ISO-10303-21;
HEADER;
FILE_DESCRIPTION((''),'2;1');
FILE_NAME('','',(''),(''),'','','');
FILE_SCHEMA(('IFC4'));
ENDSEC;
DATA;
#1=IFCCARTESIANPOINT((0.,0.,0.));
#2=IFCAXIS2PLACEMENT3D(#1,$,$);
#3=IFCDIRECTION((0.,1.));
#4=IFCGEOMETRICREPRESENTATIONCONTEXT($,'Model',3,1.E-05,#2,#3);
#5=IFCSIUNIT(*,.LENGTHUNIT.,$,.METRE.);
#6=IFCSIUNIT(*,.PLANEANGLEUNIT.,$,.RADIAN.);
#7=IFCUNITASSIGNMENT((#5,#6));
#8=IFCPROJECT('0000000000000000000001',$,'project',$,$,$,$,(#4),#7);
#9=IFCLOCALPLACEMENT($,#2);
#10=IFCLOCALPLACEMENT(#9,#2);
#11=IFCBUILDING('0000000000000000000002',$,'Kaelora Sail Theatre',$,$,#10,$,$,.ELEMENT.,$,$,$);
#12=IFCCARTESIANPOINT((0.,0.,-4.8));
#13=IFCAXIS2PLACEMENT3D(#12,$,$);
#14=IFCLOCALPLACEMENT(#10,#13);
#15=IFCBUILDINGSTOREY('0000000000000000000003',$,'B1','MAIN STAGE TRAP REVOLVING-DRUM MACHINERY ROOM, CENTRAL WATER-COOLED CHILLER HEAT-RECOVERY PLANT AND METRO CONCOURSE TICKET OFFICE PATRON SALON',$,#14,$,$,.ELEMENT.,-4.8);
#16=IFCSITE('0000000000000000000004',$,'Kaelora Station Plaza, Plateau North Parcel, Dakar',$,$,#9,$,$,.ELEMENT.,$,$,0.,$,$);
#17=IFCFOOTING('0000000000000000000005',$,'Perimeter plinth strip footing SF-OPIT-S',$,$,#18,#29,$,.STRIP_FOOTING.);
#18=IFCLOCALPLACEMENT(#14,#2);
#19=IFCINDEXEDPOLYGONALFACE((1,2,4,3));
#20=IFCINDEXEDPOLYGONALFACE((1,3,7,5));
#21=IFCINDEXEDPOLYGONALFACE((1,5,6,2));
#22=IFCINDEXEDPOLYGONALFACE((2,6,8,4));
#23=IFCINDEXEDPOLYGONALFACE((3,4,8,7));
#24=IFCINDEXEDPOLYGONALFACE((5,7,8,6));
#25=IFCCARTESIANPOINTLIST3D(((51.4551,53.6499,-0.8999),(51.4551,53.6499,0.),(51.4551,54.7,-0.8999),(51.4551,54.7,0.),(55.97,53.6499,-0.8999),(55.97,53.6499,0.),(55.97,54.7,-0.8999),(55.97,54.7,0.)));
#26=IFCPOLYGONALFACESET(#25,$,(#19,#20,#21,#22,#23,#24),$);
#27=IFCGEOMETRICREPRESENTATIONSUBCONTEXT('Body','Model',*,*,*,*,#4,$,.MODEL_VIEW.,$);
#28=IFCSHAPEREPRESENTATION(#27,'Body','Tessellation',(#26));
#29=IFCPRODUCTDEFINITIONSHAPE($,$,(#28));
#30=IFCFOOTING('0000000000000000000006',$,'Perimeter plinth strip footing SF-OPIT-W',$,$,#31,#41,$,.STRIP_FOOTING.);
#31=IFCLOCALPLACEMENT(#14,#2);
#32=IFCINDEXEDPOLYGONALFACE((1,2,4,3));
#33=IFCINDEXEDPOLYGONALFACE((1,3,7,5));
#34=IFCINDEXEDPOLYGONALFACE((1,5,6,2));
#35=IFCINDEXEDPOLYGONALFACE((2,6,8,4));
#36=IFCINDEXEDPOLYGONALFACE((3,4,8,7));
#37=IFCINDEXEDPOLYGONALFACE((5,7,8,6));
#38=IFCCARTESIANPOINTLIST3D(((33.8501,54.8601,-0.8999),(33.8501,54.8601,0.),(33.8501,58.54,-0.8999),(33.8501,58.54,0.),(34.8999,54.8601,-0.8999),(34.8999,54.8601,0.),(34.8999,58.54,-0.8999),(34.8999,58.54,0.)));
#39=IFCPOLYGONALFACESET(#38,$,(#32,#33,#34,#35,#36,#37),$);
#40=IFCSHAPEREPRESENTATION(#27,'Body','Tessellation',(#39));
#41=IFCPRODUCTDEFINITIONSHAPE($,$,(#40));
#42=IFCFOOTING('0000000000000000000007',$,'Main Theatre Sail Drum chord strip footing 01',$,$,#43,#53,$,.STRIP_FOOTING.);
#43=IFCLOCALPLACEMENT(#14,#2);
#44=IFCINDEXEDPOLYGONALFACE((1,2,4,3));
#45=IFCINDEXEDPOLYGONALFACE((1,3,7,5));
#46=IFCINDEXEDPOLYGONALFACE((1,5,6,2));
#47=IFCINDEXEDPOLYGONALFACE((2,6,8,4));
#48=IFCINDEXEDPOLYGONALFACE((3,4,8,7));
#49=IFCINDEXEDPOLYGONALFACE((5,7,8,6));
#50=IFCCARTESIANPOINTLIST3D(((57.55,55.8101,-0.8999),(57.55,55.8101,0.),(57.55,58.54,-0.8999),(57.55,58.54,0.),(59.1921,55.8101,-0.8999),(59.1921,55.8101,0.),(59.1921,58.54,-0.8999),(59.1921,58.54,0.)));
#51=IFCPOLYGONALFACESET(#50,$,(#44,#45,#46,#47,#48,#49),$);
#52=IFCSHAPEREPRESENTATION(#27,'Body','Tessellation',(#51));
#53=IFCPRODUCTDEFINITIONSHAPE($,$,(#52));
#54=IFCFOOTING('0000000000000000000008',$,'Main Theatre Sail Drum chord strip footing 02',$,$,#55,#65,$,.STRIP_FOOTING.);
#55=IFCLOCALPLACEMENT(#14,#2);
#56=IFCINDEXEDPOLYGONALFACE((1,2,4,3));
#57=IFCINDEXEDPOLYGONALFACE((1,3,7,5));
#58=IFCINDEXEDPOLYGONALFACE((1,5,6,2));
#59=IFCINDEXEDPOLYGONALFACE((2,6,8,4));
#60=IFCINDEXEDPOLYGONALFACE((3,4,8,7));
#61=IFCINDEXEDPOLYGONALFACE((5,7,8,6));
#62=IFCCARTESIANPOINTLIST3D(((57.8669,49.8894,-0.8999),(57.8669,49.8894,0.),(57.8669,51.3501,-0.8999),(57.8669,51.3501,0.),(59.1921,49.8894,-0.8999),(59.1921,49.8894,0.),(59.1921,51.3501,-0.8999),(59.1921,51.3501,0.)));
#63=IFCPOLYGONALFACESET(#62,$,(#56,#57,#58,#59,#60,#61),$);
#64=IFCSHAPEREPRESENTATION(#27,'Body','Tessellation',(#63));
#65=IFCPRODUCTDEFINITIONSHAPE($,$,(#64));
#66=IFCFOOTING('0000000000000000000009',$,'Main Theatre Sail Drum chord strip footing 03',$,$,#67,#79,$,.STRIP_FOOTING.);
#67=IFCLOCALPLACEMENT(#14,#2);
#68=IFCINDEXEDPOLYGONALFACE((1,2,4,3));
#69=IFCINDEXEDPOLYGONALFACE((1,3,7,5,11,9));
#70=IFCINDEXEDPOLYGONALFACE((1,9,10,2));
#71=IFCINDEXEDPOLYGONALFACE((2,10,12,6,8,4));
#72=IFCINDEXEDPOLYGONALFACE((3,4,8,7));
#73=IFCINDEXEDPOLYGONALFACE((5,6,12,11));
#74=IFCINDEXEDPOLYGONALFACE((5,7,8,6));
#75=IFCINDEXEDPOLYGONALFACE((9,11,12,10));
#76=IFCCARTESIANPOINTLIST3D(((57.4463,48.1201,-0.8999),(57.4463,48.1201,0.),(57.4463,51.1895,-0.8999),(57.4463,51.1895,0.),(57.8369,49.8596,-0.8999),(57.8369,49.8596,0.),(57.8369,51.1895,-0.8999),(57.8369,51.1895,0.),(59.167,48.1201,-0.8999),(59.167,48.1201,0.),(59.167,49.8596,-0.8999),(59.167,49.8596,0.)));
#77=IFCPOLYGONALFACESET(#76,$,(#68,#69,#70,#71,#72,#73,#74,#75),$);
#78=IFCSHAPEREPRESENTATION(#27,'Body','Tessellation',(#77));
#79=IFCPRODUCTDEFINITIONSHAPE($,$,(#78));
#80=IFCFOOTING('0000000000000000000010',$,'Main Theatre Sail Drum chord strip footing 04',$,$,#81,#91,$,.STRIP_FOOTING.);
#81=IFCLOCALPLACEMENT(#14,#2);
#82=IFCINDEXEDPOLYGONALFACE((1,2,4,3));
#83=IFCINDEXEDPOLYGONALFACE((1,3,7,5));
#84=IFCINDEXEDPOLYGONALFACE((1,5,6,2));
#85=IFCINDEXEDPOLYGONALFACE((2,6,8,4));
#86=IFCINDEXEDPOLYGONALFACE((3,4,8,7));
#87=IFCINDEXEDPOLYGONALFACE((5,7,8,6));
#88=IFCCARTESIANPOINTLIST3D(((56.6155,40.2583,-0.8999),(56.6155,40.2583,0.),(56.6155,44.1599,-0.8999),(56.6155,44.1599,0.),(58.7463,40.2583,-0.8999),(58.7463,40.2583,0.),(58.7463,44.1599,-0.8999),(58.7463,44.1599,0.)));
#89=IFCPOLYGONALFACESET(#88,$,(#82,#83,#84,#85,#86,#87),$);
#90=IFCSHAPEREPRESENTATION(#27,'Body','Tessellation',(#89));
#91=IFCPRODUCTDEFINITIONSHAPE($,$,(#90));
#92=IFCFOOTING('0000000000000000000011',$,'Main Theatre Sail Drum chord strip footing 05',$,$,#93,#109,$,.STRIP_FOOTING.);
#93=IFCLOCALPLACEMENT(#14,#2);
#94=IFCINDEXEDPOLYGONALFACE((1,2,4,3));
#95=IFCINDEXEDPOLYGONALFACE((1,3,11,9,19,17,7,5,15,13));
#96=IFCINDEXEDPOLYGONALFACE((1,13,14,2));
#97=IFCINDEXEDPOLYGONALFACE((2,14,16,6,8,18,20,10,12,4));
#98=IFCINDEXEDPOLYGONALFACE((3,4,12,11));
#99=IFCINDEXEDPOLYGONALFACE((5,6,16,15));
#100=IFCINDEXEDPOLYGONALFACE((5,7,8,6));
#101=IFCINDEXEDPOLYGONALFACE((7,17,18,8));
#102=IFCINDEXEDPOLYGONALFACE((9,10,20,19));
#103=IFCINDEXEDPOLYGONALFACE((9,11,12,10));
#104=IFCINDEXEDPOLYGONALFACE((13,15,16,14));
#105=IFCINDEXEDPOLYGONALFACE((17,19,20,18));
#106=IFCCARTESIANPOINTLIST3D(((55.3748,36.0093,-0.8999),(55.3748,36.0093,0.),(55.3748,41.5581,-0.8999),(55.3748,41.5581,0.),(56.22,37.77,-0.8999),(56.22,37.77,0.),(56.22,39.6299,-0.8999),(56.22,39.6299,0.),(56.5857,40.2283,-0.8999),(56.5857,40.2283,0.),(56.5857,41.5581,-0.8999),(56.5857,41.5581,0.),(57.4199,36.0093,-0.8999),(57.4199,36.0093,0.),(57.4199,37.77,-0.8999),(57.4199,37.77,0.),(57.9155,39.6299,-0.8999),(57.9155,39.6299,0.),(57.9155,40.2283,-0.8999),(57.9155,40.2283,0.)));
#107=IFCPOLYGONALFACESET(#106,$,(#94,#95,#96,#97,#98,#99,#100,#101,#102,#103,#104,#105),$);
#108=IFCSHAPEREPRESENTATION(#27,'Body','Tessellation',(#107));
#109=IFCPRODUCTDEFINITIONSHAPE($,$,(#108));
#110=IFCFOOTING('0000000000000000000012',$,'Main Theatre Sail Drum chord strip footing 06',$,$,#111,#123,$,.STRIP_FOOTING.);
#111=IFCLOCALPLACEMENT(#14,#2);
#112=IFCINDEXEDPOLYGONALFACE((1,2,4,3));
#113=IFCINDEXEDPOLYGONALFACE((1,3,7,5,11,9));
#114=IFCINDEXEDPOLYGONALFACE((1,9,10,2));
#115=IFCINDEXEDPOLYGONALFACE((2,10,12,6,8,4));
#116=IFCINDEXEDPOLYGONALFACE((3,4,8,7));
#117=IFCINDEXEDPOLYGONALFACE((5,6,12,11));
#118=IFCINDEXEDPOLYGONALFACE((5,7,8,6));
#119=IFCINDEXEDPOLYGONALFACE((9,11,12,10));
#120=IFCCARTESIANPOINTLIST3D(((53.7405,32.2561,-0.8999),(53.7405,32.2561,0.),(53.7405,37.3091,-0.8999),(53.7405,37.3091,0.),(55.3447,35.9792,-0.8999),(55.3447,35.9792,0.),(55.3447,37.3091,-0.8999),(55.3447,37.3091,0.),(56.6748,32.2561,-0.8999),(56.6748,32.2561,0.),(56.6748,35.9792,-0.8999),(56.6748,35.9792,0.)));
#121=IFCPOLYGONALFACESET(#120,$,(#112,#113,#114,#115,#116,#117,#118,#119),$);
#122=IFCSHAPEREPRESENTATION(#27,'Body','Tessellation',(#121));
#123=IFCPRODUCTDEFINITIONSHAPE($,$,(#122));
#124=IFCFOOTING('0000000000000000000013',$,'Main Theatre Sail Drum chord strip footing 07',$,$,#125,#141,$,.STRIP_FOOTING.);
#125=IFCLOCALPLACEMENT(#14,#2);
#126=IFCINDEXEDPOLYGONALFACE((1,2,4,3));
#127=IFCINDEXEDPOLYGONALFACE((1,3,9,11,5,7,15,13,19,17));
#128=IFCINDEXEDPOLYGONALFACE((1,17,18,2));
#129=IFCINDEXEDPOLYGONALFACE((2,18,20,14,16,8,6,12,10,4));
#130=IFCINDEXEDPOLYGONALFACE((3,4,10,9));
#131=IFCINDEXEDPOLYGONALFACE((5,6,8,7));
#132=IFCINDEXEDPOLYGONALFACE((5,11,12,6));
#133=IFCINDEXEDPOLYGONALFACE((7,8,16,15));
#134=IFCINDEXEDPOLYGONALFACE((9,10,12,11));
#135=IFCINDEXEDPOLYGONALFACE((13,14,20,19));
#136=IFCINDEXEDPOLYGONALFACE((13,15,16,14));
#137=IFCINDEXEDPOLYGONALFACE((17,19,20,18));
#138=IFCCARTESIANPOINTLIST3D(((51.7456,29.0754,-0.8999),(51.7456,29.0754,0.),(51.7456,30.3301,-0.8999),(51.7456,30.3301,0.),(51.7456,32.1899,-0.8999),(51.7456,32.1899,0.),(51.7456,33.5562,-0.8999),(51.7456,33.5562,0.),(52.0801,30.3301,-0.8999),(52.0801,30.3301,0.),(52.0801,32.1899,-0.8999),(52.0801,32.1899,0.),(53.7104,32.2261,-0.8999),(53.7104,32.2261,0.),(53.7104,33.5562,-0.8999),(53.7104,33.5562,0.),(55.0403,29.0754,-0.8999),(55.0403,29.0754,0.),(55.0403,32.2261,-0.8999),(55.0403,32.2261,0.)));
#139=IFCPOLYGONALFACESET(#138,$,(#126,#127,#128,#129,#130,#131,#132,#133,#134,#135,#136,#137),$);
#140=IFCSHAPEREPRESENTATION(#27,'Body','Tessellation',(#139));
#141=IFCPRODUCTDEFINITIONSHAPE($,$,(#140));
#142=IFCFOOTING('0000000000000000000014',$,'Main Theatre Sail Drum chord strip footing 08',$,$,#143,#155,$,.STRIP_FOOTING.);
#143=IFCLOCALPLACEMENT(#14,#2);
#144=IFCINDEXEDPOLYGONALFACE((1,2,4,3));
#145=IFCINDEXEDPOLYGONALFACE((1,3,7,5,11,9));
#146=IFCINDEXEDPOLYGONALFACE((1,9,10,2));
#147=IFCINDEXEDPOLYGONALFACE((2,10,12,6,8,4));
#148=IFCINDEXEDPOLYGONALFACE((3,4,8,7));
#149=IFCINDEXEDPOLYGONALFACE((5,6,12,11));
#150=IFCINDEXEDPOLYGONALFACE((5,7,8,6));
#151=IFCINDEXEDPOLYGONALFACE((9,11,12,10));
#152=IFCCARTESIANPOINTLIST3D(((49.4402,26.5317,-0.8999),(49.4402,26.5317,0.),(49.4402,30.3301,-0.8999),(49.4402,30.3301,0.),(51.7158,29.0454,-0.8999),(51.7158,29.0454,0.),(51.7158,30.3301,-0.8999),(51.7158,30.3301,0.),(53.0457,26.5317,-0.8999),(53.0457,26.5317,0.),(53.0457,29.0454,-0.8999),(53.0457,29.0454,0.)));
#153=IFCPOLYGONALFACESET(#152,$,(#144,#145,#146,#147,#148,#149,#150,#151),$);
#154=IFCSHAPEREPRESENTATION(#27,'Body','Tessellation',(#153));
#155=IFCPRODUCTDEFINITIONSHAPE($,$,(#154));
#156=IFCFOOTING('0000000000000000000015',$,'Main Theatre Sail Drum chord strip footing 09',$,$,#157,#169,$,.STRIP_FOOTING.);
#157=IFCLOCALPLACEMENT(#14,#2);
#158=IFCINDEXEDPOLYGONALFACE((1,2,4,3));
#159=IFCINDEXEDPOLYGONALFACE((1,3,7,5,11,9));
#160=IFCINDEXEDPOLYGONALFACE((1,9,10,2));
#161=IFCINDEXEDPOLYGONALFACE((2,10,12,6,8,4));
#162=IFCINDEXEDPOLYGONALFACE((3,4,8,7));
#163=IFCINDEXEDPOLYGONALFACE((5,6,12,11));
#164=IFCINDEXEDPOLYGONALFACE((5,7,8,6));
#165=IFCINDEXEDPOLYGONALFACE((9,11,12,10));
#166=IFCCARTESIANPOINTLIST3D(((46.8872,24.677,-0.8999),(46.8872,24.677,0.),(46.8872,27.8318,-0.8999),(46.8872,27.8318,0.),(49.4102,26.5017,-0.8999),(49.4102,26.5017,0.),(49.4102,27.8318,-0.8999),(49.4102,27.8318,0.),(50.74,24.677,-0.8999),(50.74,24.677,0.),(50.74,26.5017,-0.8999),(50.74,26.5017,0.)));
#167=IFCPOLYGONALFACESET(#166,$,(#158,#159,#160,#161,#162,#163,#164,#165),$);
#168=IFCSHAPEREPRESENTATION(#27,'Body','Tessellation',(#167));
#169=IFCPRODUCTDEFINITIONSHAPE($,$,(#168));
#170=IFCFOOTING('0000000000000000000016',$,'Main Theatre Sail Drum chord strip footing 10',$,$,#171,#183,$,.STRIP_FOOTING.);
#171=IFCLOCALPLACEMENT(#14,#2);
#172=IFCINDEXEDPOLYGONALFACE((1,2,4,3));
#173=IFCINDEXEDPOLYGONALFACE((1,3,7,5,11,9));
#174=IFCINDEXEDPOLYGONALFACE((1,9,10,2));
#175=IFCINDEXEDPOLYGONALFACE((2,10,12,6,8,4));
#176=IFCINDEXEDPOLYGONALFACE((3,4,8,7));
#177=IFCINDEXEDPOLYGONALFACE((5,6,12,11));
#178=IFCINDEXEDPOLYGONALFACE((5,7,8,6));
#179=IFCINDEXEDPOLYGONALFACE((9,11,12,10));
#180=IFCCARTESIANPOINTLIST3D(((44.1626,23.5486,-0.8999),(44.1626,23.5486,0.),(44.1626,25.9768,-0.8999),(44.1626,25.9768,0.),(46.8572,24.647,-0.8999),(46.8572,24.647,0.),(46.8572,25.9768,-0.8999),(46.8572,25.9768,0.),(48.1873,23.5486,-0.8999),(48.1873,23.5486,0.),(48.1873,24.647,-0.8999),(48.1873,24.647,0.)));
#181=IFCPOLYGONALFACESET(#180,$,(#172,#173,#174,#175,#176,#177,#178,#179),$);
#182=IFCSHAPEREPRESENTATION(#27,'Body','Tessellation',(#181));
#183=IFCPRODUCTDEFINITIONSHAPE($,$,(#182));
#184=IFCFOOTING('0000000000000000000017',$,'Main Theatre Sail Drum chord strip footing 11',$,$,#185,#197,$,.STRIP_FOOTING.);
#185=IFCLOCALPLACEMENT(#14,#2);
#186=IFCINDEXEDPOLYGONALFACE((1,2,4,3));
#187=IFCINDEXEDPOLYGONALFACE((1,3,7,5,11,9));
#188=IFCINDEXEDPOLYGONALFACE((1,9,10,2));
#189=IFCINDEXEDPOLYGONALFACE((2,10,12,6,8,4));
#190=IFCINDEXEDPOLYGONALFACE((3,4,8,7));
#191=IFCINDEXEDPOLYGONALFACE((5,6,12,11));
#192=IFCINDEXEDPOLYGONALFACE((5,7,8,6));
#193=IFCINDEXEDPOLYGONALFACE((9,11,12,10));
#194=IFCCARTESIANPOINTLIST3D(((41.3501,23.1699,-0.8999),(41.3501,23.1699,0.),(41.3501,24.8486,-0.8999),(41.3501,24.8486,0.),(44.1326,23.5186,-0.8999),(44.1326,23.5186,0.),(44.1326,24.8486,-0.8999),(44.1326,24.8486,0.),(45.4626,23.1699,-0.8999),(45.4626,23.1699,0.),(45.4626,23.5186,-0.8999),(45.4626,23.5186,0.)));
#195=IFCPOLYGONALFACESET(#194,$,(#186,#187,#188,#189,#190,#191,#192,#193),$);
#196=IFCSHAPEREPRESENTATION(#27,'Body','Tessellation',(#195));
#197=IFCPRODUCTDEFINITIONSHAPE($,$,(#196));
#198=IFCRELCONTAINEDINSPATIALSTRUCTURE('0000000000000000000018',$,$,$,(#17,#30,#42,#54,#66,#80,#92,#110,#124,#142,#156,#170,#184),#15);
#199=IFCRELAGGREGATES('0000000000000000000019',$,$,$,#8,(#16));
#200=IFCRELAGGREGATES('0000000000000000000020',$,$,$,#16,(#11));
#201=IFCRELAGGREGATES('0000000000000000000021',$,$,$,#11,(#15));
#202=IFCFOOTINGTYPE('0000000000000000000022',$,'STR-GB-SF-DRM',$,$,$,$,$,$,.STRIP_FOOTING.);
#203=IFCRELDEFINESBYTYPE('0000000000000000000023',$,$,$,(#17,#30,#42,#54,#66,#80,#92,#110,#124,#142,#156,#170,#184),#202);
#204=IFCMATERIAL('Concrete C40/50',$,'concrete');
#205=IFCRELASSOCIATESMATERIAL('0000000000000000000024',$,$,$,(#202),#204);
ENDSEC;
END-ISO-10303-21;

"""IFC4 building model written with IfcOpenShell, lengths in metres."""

from ifc_helpers import new_model, si_unit, direction, frame, origin, place, context, subcontext, project, spatial, polyline, outline, extrude, material, type_object, element, save


model = new_model("IFC4")

# Units and contexts
model_context = context("Model", 3, precision=1e-05, world=origin(), true_north=direction((0.0, 1.0)))
body_context = subcontext(model_context, "Body", "Model", "MODEL_VIEW")
ifc_project = project(units=[si_unit("LENGTHUNIT", "METRE"), si_unit("PLANEANGLEUNIT", "RADIAN")], contexts=[model_context])

# Site, building, storey
site_placement = place(None, origin())
site = spatial("IfcSite", under=ifc_project, at=site_placement, Name="Kaelora Station Plaza, Plateau North Parcel, Dakar", CompositionType="ELEMENT", RefElevation=0.0)
building_placement = place(site_placement, origin())
building = spatial("IfcBuilding", under=site, at=building_placement, Name="Kaelora Sail Theatre", CompositionType="ELEMENT")
storey_placement = place(building_placement, frame((0.0, 0.0, -4.8)))
storey = spatial("IfcBuildingStorey", under=building, at=storey_placement, Name="B1", Description="MAIN STAGE TRAP REVOLVING-DRUM MACHINERY ROOM, CENTRAL WATER-COOLED CHILLER HEAT-RECOVERY PLANT AND METRO CONCOURSE TICKET OFFICE PATRON SALON", CompositionType="ELEMENT", Elevation=-4.8)

# Footings
ifc_material = material(Name="Concrete C40/50", Category="concrete")
footing_type = type_object("IfcFootingType", Name="STR-GB-SF-DRM", PredefinedType="STRIP_FOOTING", material=ifc_material)
footing_1_placement = place(storey_placement, frame((0.0, 0.0, -0.8999)))
element("IfcFooting", 1, at=footing_1_placement, inside=storey, type_object=footing_type, Name="Perimeter plinth strip footing SF-OPIT-S", PredefinedType="STRIP_FOOTING", context=body_context, shape_type="SweptSolid", body=[
    extrude(outline(polyline([(51.4551, 53.6499), (51.4551, 54.7), (55.97, 54.7), (55.97, 53.6499), (51.4551, 53.6499)])), origin(), (0.0, 0.0, 1.0), 0.8999),
])
footing_2_placement = place(storey_placement, frame((0.0, 0.0, -0.8999)))
element("IfcFooting", 2, at=footing_2_placement, inside=storey, type_object=footing_type, Name="Perimeter plinth strip footing SF-OPIT-W", PredefinedType="STRIP_FOOTING", context=body_context, shape_type="SweptSolid", body=[
    extrude(outline(polyline([(34.8999, 54.8601), (33.8501, 54.8601), (33.8501, 58.54), (34.8999, 58.54), (34.8999, 54.8601)])), origin(), (0.0, 0.0, 1.0), 0.8999),
])
footing_3_placement = place(storey_placement, frame((0.0, 0.0, -0.8999)))
element("IfcFooting", 3, at=footing_3_placement, inside=storey, type_object=footing_type, Name="Main Theatre Sail Drum chord strip footing 01", PredefinedType="STRIP_FOOTING", context=body_context, shape_type="SweptSolid", body=[
    extrude(outline(polyline([(57.55, 58.54), (59.1921, 58.54), (59.1921, 55.8101), (57.55, 55.8101), (57.55, 58.54)])), origin(), (0.0, 0.0, 1.0), 0.8999),
])
footing_4_placement = place(storey_placement, frame((0.0, 0.0, -0.8999)))
element("IfcFooting", 4, at=footing_4_placement, inside=storey, type_object=footing_type, Name="Main Theatre Sail Drum chord strip footing 02", PredefinedType="STRIP_FOOTING", context=body_context, shape_type="SweptSolid", body=[
    extrude(outline(polyline([(57.8669, 51.3501), (59.1921, 51.3501), (59.1921, 49.8894), (57.8669, 49.8894), (57.8669, 51.3501)])), origin(), (0.0, 0.0, 1.0), 0.8999),
])
footing_5_placement = place(storey_placement, frame((0.0, 0.0, -0.8999)))
element("IfcFooting", 5, at=footing_5_placement, inside=storey, type_object=footing_type, Name="Main Theatre Sail Drum chord strip footing 03", PredefinedType="STRIP_FOOTING", context=body_context, shape_type="SweptSolid", body=[
    extrude(outline(polyline([(59.167, 48.1201), (57.4463, 48.1201), (57.4463, 51.1895), (57.8369, 51.1895), (57.8369, 49.8596), (59.167, 49.8596), (59.167, 48.1201)])), origin(), (0.0, 0.0, 1.0), 0.8999),
])
footing_6_placement = place(storey_placement, frame((0.0, 0.0, -0.8999)))
element("IfcFooting", 6, at=footing_6_placement, inside=storey, type_object=footing_type, Name="Main Theatre Sail Drum chord strip footing 04", PredefinedType="STRIP_FOOTING", context=body_context, shape_type="SweptSolid", body=[
    extrude(outline(polyline([(58.7463, 40.2583), (56.6155, 40.2583), (56.6155, 44.1599), (58.7463, 44.1599), (58.7463, 40.2583)])), origin(), (0.0, 0.0, 1.0), 0.8999),
])
footing_7_placement = place(storey_placement, frame((0.0, 0.0, -0.8999)))
element("IfcFooting", 7, at=footing_7_placement, inside=storey, type_object=footing_type, Name="Main Theatre Sail Drum chord strip footing 05", PredefinedType="STRIP_FOOTING", context=body_context, shape_type="SweptSolid", body=[
    extrude(outline(polyline([(55.3748, 36.0093), (55.3748, 41.5581), (56.5857, 41.5581), (56.5857, 40.2283), (57.9155, 40.2283), (57.9155, 39.6299), (56.22, 39.6299), (56.22, 37.77), (57.4199, 37.77), (57.4199, 36.0093), (55.3748, 36.0093)])), origin(), (0.0, 0.0, 1.0), 0.8999),
])
footing_8_placement = place(storey_placement, frame((0.0, 0.0, -0.8999)))
element("IfcFooting", 8, at=footing_8_placement, inside=storey, type_object=footing_type, Name="Main Theatre Sail Drum chord strip footing 06", PredefinedType="STRIP_FOOTING", context=body_context, shape_type="SweptSolid", body=[
    extrude(outline(polyline([(53.7405, 37.3091), (55.3447, 37.3091), (55.3447, 35.9792), (56.6748, 35.9792), (56.6748, 32.2561), (53.7405, 32.2561), (53.7405, 37.3091)])), origin(), (0.0, 0.0, 1.0), 0.8999),
])
footing_9_placement = place(storey_placement, frame((0.0, 0.0, -0.8999)))
element("IfcFooting", 9, at=footing_9_placement, inside=storey, type_object=footing_type, Name="Main Theatre Sail Drum chord strip footing 07", PredefinedType="STRIP_FOOTING", context=body_context, shape_type="SweptSolid", body=[
    extrude(outline(polyline([(53.7104, 33.5562), (53.7104, 32.2261), (55.0403, 32.2261), (55.0403, 29.0754), (51.7456, 29.0754), (51.7456, 30.3301), (52.0801, 30.3301), (52.0801, 32.1899), (51.7456, 32.1899), (51.7456, 33.5562), (53.7104, 33.5562)])), origin(), (0.0, 0.0, 1.0), 0.8999),
])
footing_10_placement = place(storey_placement, frame((0.0, 0.0, -0.8999)))
element("IfcFooting", 10, at=footing_10_placement, inside=storey, type_object=footing_type, Name="Main Theatre Sail Drum chord strip footing 08", PredefinedType="STRIP_FOOTING", context=body_context, shape_type="SweptSolid", body=[
    extrude(outline(polyline([(53.0457, 26.5317), (49.4402, 26.5317), (49.4402, 30.3301), (51.7158, 30.3301), (51.7158, 29.0454), (53.0457, 29.0454), (53.0457, 26.5317)])), origin(), (0.0, 0.0, 1.0), 0.8999),
])
footing_11_placement = place(storey_placement, frame((0.0, 0.0, -0.8999)))
element("IfcFooting", 11, at=footing_11_placement, inside=storey, type_object=footing_type, Name="Main Theatre Sail Drum chord strip footing 09", PredefinedType="STRIP_FOOTING", context=body_context, shape_type="SweptSolid", body=[
    extrude(outline(polyline([(46.8872, 24.677), (46.8872, 27.8318), (49.4102, 27.8318), (49.4102, 26.5017), (50.74, 26.5017), (50.74, 24.677), (46.8872, 24.677)])), origin(), (0.0, 0.0, 1.0), 0.8999),
])
footing_12_placement = place(storey_placement, frame((0.0, 0.0, -0.8999)))
element("IfcFooting", 12, at=footing_12_placement, inside=storey, type_object=footing_type, Name="Main Theatre Sail Drum chord strip footing 10", PredefinedType="STRIP_FOOTING", context=body_context, shape_type="SweptSolid", body=[
    extrude(outline(polyline([(44.1626, 25.9768), (46.8572, 25.9768), (46.8572, 24.647), (48.1873, 24.647), (48.1873, 23.5486), (44.1626, 23.5486), (44.1626, 25.9768)])), origin(), (0.0, 0.0, 1.0), 0.8999),
])
footing_13_placement = place(storey_placement, frame((0.0, 0.0, -0.8999)))
element("IfcFooting", 13, at=footing_13_placement, inside=storey, type_object=footing_type, Name="Main Theatre Sail Drum chord strip footing 11", PredefinedType="STRIP_FOOTING", context=body_context, shape_type="SweptSolid", body=[
    extrude(outline(polyline([(44.1326, 24.8486), (44.1326, 23.5186), (45.4626, 23.5186), (45.4626, 23.1699), (41.3501, 23.1699), (41.3501, 24.8486), (44.1326, 24.8486)])), origin(), (0.0, 0.0, 1.0), 0.8999),
])

save(model, "model.ifc")
